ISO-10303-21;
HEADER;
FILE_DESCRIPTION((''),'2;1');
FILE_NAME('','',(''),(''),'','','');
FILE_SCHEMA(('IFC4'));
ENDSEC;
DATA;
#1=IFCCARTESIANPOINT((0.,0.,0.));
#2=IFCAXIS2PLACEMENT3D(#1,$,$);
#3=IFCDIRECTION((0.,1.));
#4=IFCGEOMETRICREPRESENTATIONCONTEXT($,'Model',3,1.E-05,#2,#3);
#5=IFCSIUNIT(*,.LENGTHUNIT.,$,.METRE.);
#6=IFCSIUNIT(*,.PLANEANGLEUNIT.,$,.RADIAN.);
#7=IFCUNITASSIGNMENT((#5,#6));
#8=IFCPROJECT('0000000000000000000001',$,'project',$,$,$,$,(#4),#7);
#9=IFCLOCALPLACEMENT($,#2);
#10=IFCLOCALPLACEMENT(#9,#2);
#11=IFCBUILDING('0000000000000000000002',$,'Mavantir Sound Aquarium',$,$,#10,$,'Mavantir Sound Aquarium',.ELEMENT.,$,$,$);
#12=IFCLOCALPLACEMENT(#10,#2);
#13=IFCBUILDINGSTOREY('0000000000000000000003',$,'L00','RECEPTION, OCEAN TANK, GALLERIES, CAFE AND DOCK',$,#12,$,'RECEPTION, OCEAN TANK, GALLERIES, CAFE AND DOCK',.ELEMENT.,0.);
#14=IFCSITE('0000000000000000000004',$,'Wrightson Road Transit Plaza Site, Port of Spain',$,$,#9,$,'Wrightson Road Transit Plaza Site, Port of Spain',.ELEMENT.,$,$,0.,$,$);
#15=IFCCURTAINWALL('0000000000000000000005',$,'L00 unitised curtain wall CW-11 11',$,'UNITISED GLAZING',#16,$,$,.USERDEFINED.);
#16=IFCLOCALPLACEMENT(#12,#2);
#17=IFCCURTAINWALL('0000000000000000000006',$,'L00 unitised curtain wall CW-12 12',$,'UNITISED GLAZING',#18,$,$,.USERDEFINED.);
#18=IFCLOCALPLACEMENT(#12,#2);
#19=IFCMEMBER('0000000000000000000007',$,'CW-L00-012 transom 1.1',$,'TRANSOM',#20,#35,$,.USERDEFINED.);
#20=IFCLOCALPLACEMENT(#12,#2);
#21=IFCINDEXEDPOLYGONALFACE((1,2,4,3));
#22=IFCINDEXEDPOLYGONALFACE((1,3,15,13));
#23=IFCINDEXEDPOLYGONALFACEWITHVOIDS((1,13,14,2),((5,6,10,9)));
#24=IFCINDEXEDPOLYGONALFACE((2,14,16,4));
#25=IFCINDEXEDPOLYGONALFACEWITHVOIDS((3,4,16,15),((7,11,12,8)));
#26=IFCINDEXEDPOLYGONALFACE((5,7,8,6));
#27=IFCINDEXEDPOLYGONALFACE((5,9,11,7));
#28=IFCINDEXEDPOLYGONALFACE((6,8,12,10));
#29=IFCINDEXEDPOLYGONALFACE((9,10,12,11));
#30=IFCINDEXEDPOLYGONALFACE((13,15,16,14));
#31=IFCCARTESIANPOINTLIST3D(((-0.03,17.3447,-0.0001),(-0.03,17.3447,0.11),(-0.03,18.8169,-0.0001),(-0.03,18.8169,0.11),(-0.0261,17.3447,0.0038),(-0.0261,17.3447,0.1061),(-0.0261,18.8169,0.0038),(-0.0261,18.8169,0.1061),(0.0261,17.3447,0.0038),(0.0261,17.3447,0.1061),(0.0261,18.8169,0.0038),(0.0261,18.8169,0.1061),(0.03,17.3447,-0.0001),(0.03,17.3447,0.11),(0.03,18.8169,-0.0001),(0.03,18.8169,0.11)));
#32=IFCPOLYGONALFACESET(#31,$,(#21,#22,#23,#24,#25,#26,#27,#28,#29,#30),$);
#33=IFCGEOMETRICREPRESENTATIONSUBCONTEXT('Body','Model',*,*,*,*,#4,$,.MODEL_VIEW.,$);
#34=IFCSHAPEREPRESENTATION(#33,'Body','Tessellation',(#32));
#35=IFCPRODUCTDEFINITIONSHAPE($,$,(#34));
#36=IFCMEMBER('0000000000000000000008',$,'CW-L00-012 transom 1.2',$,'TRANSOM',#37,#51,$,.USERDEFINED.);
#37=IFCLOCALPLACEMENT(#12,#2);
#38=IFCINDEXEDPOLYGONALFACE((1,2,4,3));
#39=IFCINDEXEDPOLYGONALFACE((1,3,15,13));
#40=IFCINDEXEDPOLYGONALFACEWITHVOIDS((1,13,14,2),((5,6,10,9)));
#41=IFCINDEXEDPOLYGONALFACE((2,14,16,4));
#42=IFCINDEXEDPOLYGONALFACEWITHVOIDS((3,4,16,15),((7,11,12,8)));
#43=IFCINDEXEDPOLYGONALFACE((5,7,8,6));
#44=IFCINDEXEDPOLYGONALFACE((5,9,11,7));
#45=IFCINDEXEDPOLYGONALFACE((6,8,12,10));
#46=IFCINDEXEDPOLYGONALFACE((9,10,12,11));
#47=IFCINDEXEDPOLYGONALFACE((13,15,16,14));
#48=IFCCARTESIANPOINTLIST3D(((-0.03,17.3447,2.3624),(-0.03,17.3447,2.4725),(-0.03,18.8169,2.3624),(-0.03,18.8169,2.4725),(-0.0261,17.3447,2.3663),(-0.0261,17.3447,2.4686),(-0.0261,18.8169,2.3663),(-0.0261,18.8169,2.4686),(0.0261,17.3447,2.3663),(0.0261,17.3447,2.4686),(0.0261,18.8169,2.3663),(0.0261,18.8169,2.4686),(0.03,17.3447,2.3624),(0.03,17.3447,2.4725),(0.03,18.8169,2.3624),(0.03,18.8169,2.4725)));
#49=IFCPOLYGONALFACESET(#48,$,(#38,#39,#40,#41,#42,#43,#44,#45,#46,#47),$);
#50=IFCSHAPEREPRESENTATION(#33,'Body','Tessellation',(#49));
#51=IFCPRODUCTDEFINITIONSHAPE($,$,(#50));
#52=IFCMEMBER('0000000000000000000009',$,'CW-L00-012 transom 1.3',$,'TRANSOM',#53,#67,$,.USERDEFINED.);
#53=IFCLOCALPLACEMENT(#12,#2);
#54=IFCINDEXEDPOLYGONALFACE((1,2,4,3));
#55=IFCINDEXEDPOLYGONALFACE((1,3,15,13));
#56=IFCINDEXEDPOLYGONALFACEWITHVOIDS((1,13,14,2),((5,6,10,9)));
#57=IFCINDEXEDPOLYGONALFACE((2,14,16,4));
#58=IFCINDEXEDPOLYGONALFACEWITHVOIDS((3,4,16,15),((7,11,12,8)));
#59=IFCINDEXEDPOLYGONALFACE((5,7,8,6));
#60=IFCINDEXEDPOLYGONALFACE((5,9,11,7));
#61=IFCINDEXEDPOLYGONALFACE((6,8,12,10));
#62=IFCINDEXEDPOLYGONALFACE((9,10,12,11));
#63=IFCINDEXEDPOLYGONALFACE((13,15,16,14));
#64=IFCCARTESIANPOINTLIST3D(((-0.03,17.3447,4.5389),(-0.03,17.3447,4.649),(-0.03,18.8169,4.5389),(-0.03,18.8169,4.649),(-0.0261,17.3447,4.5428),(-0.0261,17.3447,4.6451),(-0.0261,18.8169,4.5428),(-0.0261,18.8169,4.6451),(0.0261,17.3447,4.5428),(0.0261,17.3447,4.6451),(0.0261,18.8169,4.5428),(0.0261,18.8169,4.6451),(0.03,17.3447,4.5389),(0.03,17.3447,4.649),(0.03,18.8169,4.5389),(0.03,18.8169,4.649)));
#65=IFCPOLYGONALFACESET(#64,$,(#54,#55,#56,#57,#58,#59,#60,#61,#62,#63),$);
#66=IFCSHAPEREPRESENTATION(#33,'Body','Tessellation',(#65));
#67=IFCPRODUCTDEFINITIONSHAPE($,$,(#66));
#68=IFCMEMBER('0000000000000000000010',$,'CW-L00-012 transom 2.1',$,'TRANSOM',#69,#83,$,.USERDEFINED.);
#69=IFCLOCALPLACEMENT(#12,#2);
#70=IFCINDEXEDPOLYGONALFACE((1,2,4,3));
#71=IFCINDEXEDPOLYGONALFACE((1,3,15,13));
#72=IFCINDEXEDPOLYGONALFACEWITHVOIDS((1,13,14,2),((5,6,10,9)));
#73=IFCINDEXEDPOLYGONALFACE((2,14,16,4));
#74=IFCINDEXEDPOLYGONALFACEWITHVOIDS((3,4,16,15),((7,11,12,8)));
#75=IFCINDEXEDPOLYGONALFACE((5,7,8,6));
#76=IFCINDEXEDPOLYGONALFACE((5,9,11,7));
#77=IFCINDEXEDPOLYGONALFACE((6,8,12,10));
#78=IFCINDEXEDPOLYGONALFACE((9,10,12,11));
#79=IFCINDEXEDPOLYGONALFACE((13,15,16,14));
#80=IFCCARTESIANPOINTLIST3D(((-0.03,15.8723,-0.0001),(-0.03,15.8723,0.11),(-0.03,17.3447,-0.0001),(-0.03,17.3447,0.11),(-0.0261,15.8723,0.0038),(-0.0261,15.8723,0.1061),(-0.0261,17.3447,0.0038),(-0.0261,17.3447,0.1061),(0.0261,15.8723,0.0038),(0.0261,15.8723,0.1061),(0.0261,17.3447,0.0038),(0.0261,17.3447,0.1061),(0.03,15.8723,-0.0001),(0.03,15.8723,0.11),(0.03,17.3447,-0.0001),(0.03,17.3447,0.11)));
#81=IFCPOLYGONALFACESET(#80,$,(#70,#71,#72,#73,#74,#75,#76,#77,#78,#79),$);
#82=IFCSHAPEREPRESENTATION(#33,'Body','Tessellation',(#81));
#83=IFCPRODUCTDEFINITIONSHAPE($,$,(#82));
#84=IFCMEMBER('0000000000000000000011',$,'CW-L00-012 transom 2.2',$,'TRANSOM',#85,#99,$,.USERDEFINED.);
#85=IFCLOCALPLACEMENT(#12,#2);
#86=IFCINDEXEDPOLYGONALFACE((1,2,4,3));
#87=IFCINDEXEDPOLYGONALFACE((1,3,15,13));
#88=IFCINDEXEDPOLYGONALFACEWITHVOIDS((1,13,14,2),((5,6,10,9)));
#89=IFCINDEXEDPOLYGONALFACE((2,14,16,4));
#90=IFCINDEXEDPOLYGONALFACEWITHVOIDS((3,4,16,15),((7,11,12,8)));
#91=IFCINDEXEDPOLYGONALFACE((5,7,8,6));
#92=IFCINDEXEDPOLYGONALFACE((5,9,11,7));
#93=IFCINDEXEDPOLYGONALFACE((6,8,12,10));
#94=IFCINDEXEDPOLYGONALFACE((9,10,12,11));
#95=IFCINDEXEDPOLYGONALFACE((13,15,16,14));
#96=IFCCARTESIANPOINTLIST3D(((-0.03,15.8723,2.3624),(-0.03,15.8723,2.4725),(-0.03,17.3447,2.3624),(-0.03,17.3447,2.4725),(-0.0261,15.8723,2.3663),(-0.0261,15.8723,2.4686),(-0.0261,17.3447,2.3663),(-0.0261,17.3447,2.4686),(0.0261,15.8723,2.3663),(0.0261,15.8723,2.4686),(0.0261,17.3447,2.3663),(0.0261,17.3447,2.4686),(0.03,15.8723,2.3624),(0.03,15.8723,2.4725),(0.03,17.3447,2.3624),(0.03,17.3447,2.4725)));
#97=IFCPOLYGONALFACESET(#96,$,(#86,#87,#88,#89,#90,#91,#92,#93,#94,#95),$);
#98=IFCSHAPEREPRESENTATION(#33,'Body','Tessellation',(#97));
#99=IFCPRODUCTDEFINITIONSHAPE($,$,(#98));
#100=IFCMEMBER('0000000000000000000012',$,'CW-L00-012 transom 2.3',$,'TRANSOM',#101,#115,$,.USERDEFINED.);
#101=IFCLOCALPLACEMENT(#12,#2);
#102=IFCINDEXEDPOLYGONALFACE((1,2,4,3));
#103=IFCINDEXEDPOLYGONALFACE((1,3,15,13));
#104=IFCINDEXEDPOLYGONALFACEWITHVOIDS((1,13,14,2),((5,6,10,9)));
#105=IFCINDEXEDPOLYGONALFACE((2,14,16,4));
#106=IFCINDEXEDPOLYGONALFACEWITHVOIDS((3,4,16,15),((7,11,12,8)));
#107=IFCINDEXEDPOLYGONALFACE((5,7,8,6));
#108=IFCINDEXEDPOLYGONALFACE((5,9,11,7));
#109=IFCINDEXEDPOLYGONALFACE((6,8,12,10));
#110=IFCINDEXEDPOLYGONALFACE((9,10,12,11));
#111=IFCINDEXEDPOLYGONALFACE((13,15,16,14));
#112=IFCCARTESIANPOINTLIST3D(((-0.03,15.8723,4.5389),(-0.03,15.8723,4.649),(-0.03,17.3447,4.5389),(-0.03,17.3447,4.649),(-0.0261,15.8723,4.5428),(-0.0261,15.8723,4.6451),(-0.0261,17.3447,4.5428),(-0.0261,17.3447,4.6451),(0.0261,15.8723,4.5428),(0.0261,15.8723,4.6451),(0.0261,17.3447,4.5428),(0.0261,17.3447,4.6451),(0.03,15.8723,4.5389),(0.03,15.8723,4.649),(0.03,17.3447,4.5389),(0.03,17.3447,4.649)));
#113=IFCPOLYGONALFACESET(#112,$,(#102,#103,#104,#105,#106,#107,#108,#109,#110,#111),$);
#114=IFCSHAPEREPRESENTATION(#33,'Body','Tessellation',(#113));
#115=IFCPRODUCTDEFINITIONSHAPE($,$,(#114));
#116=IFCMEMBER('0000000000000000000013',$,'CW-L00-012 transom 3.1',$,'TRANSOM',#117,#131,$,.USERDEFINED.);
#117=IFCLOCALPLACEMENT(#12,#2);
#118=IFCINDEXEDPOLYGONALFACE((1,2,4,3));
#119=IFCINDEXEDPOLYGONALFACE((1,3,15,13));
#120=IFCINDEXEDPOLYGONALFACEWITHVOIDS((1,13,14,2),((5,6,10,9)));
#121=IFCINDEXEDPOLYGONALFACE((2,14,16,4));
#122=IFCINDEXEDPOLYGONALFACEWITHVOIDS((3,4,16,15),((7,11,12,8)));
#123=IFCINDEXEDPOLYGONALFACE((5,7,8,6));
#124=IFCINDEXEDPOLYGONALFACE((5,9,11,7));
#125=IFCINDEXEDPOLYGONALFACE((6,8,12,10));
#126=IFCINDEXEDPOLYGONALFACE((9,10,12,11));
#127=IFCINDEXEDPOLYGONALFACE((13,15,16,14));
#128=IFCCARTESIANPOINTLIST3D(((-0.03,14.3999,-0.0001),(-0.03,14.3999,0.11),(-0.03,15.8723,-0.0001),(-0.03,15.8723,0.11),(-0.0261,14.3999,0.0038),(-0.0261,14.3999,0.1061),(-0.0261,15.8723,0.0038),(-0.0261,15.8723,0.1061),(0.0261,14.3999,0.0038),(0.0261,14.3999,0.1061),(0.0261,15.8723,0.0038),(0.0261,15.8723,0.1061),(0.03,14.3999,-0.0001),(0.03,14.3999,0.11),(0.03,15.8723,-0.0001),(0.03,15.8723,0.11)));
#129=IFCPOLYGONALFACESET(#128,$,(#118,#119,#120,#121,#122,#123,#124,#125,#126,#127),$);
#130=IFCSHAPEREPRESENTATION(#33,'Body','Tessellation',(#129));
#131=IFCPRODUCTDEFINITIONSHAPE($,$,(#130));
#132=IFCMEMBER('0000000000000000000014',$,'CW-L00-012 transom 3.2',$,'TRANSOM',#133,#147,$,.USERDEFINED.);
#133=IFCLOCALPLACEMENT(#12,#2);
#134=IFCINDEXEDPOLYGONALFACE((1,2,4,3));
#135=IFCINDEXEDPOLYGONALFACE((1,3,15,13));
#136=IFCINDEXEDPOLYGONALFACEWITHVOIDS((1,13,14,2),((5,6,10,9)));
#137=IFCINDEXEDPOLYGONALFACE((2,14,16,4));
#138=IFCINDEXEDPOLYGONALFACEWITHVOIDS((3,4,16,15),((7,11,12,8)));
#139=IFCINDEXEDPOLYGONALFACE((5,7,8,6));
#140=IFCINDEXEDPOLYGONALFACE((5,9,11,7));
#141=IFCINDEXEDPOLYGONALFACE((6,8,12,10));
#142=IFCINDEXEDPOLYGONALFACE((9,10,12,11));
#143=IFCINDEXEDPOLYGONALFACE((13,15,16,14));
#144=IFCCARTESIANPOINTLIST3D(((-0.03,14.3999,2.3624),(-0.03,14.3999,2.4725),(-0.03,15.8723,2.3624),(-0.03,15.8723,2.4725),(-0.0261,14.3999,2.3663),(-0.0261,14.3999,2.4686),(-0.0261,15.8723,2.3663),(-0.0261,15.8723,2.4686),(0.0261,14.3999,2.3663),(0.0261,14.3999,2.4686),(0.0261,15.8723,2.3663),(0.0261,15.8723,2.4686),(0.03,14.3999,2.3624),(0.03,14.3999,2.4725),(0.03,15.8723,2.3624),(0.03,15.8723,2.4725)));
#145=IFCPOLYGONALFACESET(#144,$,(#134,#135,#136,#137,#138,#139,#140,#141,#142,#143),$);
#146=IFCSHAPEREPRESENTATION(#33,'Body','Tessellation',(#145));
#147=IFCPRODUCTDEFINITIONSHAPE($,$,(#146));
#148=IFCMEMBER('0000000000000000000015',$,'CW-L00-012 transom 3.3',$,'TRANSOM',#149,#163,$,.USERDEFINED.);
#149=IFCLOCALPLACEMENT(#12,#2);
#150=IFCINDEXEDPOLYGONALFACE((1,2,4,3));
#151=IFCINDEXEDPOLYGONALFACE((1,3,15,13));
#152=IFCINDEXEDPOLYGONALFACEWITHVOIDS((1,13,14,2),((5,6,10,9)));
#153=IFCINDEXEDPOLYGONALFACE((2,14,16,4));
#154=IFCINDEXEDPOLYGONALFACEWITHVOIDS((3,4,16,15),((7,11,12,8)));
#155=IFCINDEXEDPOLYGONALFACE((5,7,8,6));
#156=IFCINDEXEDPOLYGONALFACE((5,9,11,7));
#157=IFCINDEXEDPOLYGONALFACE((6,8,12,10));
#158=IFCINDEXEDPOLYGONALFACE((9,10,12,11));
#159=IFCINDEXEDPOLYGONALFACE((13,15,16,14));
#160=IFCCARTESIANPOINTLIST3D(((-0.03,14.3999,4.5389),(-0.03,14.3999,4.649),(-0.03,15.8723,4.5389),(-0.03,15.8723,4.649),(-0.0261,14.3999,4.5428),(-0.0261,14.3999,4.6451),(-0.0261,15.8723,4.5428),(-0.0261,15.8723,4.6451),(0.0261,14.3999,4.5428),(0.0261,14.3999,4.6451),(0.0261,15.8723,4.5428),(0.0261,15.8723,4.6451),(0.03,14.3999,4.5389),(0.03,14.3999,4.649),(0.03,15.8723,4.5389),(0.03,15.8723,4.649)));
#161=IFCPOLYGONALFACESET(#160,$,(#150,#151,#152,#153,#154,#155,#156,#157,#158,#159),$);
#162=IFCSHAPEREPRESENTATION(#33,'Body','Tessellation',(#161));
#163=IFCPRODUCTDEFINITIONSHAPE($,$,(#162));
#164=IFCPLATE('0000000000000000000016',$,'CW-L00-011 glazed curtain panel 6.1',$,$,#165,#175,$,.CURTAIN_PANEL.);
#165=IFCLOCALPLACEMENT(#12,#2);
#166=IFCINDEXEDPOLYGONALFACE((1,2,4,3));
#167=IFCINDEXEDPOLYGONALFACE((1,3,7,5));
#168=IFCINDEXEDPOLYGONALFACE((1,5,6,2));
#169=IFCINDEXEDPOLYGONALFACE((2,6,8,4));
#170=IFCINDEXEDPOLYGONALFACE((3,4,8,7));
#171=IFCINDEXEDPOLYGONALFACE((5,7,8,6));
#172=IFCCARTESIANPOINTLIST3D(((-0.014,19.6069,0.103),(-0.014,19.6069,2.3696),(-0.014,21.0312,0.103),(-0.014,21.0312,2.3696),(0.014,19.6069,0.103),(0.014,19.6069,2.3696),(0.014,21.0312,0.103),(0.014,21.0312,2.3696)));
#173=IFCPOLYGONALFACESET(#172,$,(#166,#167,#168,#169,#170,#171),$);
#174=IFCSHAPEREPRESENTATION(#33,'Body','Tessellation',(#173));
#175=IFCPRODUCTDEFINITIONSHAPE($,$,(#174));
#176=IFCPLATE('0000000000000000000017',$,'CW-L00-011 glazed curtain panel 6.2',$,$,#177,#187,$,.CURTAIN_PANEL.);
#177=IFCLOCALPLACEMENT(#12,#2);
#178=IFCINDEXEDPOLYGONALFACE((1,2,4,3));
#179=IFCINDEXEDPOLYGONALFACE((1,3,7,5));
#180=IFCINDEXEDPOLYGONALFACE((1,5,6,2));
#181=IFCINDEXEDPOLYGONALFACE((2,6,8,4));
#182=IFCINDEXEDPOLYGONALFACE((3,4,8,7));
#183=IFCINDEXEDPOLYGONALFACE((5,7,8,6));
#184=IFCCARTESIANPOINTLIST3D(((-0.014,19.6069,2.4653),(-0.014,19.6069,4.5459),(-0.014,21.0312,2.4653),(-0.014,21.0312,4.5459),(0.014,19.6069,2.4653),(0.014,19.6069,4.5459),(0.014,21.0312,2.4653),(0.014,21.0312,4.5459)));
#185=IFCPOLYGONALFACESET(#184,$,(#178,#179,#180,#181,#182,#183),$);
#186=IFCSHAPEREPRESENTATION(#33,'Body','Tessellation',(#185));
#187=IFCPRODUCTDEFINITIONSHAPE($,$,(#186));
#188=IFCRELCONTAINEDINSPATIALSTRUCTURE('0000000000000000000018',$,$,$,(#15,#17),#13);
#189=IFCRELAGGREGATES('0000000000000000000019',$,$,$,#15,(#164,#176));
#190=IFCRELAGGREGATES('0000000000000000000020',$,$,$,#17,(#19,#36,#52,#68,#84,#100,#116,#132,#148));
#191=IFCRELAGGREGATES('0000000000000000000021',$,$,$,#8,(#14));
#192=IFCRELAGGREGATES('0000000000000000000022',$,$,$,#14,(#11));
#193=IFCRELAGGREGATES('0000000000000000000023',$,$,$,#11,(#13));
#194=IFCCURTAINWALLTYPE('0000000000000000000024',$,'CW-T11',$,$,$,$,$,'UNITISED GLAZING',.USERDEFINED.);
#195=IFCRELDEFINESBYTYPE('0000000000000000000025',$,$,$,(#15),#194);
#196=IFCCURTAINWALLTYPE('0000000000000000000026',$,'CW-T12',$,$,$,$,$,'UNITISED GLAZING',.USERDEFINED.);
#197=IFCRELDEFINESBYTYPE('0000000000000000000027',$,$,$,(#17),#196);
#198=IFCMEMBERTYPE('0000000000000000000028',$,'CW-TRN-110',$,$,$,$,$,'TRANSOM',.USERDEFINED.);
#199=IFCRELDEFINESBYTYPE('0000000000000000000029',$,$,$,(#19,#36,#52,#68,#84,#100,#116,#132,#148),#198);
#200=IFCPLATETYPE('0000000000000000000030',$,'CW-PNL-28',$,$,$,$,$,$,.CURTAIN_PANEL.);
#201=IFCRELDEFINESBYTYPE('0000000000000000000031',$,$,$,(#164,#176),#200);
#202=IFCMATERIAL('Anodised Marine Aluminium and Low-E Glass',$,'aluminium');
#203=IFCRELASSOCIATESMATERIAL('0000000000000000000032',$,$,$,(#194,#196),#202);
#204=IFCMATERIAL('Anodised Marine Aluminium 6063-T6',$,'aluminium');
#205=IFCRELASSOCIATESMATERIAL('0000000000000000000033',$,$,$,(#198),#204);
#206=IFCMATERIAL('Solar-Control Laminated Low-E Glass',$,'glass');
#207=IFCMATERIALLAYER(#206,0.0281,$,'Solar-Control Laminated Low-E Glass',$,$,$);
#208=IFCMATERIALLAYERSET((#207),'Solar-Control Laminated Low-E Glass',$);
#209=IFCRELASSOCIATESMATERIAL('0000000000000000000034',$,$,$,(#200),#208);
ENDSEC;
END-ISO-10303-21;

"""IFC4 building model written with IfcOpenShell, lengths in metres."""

from ifc_helpers import new_model, si_unit, direction, frame, origin, origin_2d, place, context, subcontext, project, spatial, rectangle, hollow_rectangle, extrude, material, layer, layer_set, material_profile, profile_set, type_object, element, aggregate, save


model = new_model("IFC4")

# Units and contexts
model_context = context("Model", 3, precision=1e-05, world=origin(), true_north=direction((0.0, 1.0)))
body_context = subcontext(model_context, "Body", "Model", "MODEL_VIEW")
ifc_project = project(units=[si_unit("LENGTHUNIT", "METRE"), si_unit("PLANEANGLEUNIT", "RADIAN")], contexts=[model_context])

# Site, building, storey
site_placement = place(None, origin())
site = spatial("IfcSite", under=ifc_project, at=site_placement, Name="Wrightson Road Transit Plaza Site, Port of Spain", LongName="Wrightson Road Transit Plaza Site, Port of Spain", CompositionType="ELEMENT", RefElevation=0.0)
building_placement = place(site_placement, origin())
building = spatial("IfcBuilding", under=site, at=building_placement, Name="Mavantir Sound Aquarium", LongName="Mavantir Sound Aquarium", CompositionType="ELEMENT")
storey_placement = place(building_placement, origin())
storey = spatial("IfcBuildingStorey", under=building, at=storey_placement, Name="L00", Description="RECEPTION, OCEAN TANK, GALLERIES, CAFE AND DOCK", LongName="RECEPTION, OCEAN TANK, GALLERIES, CAFE AND DOCK", CompositionType="ELEMENT", Elevation=0.0)

# Curtain walls
ifc_material_1 = material(Name="Anodised Marine Aluminium and Low-E Glass", Category="aluminium")
curtain_wall_type_1 = type_object("IfcCurtainWallType", Name="CW-T11", ElementType="UNITISED GLAZING", PredefinedType="USERDEFINED", material=ifc_material_1)
curtain_wall_1_placement = place(storey_placement, origin())
curtain_wall_1 = element("IfcCurtainWall", 1, at=curtain_wall_1_placement, inside=storey, type_object=curtain_wall_type_1, Name="L00 unitised curtain wall CW-11 11", ObjectType="UNITISED GLAZING", PredefinedType="USERDEFINED")
ifc_material_2 = material(Name="Anodised Marine Aluminium 6063-T6", Category="aluminium")
curtain_wall_type_2 = type_object("IfcCurtainWallType", Name="CW-T12", ElementType="UNITISED GLAZING", PredefinedType="USERDEFINED", material=ifc_material_1)
curtain_wall_2_placement = place(storey_placement, origin())
curtain_wall_2 = element("IfcCurtainWall", 2, at=curtain_wall_2_placement, inside=storey, type_object=curtain_wall_type_2, Name="L00 unitised curtain wall CW-12 12", ObjectType="UNITISED GLAZING", PredefinedType="USERDEFINED")

# Members
ifc_material_profile_1 = material_profile(ifc_material_2, hollow_rectangle(XDim=0.0601, YDim=0.1101, WallThickness=0.0039, at=origin_2d()), Name="ALU-TRANSOM-110X60")
ifc_profile_set_1 = profile_set([ifc_material_profile_1], Name="Anodised Marine Aluminium 6063-T6")
member_type_1 = type_object("IfcMemberType", Name="CW-TRN-110", ElementType="TRANSOM", PredefinedType="USERDEFINED", material=ifc_profile_set_1)
member_1_placement = place(storey_placement, frame((0.0, 18.8169, 0.0549), z_axis=(0.0, -1.0, 0.0), x_axis=(1.0, 0.0, 0.0)))
member_1 = element("IfcMember", 3, at=member_1_placement, type_object=member_type_1, Name="CW-L00-012 transom 1.1", ObjectType="TRANSOM", PredefinedType="USERDEFINED", context=body_context, shape_type="SweptSolid", body=[
    extrude(hollow_rectangle(XDim=0.0601, YDim=0.1101, WallThickness=0.0039, at=origin_2d()), origin(), (0.0, 0.0, 1.0), 1.4722),
])
member_2_placement = place(storey_placement, frame((0.0, 18.8169, 2.4175), z_axis=(0.0, -1.0, 0.0), x_axis=(1.0, 0.0, 0.0)))
member_2 = element("IfcMember", 4, at=member_2_placement, type_object=member_type_1, Name="CW-L00-012 transom 1.2", ObjectType="TRANSOM", PredefinedType="USERDEFINED", context=body_context, shape_type="SweptSolid", body=[
    extrude(hollow_rectangle(XDim=0.0601, YDim=0.1101, WallThickness=0.0039, at=origin_2d()), origin(), (0.0, 0.0, 1.0), 1.4722),
])
member_3_placement = place(storey_placement, frame((0.0, 18.8169, 4.594), z_axis=(0.0, -1.0, 0.0), x_axis=(1.0, 0.0, 0.0)))
member_3 = element("IfcMember", 5, at=member_3_placement, type_object=member_type_1, Name="CW-L00-012 transom 1.3", ObjectType="TRANSOM", PredefinedType="USERDEFINED", context=body_context, shape_type="SweptSolid", body=[
    extrude(hollow_rectangle(XDim=0.0601, YDim=0.1101, WallThickness=0.0039, at=origin_2d()), origin(), (0.0, 0.0, 1.0), 1.4722),
])
member_4_placement = place(storey_placement, frame((0.0, 17.3447, 0.0549), z_axis=(0.0, -1.0, 0.0), x_axis=(1.0, 0.0, 0.0)))
member_4 = element("IfcMember", 6, at=member_4_placement, type_object=member_type_1, Name="CW-L00-012 transom 2.1", ObjectType="TRANSOM", PredefinedType="USERDEFINED", context=body_context, shape_type="SweptSolid", body=[
    extrude(hollow_rectangle(XDim=0.0601, YDim=0.1101, WallThickness=0.0039, at=origin_2d()), origin(), (0.0, 0.0, 1.0), 1.4724),
])
member_5_placement = place(storey_placement, frame((0.0, 17.3447, 2.4175), z_axis=(0.0, -1.0, 0.0), x_axis=(1.0, 0.0, 0.0)))
member_5 = element("IfcMember", 7, at=member_5_placement, type_object=member_type_1, Name="CW-L00-012 transom 2.2", ObjectType="TRANSOM", PredefinedType="USERDEFINED", context=body_context, shape_type="SweptSolid", body=[
    extrude(hollow_rectangle(XDim=0.0601, YDim=0.1101, WallThickness=0.0039, at=origin_2d()), origin(), (0.0, 0.0, 1.0), 1.4724),
])
member_6_placement = place(storey_placement, frame((0.0, 17.3447, 4.594), z_axis=(0.0, -1.0, 0.0), x_axis=(1.0, 0.0, 0.0)))
member_6 = element("IfcMember", 8, at=member_6_placement, type_object=member_type_1, Name="CW-L00-012 transom 2.3", ObjectType="TRANSOM", PredefinedType="USERDEFINED", context=body_context, shape_type="SweptSolid", body=[
    extrude(hollow_rectangle(XDim=0.0601, YDim=0.1101, WallThickness=0.0039, at=origin_2d()), origin(), (0.0, 0.0, 1.0), 1.4724),
])
member_7_placement = place(storey_placement, frame((0.0, 15.8723, 0.0549), z_axis=(0.0, -1.0, 0.0), x_axis=(1.0, 0.0, 0.0)))
member_7 = element("IfcMember", 9, at=member_7_placement, type_object=member_type_1, Name="CW-L00-012 transom 3.1", ObjectType="TRANSOM", PredefinedType="USERDEFINED", context=body_context, shape_type="SweptSolid", body=[
    extrude(hollow_rectangle(XDim=0.0601, YDim=0.1101, WallThickness=0.0039, at=origin_2d()), origin(), (0.0, 0.0, 1.0), 1.4724),
])
member_8_placement = place(storey_placement, frame((0.0, 15.8723, 2.4175), z_axis=(0.0, -1.0, 0.0), x_axis=(1.0, 0.0, 0.0)))
member_8 = element("IfcMember", 10, at=member_8_placement, type_object=member_type_1, Name="CW-L00-012 transom 3.2", ObjectType="TRANSOM", PredefinedType="USERDEFINED", context=body_context, shape_type="SweptSolid", body=[
    extrude(hollow_rectangle(XDim=0.0601, YDim=0.1101, WallThickness=0.0039, at=origin_2d()), origin(), (0.0, 0.0, 1.0), 1.4724),
])
member_9_placement = place(storey_placement, frame((0.0, 15.8723, 4.594), z_axis=(0.0, -1.0, 0.0), x_axis=(1.0, 0.0, 0.0)))
member_9 = element("IfcMember", 11, at=member_9_placement, type_object=member_type_1, Name="CW-L00-012 transom 3.3", ObjectType="TRANSOM", PredefinedType="USERDEFINED", context=body_context, shape_type="SweptSolid", body=[
    extrude(hollow_rectangle(XDim=0.0601, YDim=0.1101, WallThickness=0.0039, at=origin_2d()), origin(), (0.0, 0.0, 1.0), 1.4724),
])

# Plates
ifc_material_3 = material(Name="Solar-Control Laminated Low-E Glass", Category="glass")
ifc_layer_1 = layer(ifc_material_3, 0.0281, Name="Solar-Control Laminated Low-E Glass")
ifc_layer_set_1 = layer_set([ifc_layer_1], Name="Solar-Control Laminated Low-E Glass")
plate_type_1 = type_object("IfcPlateType", Name="CW-PNL-28", PredefinedType="CURTAIN_PANEL", material=ifc_layer_set_1)
plate_1_placement = place(storey_placement, frame((0.0, 20.3191, 0.103), z_axis=(0.0, 0.0, 1.0), x_axis=(0.0, -1.0, 0.0)))
plate_1 = element("IfcPlate", 12, at=plate_1_placement, type_object=plate_type_1, Name="CW-L00-011 glazed curtain panel 6.1", PredefinedType="CURTAIN_PANEL", context=body_context, shape_type="SweptSolid", body=[
    extrude(rectangle(XDim=1.4243, YDim=0.0281, at=origin_2d()), origin(), (0.0, 0.0, 1.0), 2.2666),
])
plate_2_placement = place(storey_placement, frame((0.0, 20.3191, 2.4653), z_axis=(0.0, 0.0, 1.0), x_axis=(0.0, -1.0, 0.0)))
plate_2 = element("IfcPlate", 13, at=plate_2_placement, type_object=plate_type_1, Name="CW-L00-011 glazed curtain panel 6.2", PredefinedType="CURTAIN_PANEL", context=body_context, shape_type="SweptSolid", body=[
    extrude(rectangle(XDim=1.4243, YDim=0.0281, at=origin_2d()), origin(), (0.0, 0.0, 1.0), 2.0806),
])
aggregate(curtain_wall_1, [plate_1, plate_2])
aggregate(curtain_wall_2, [member_1, member_2, member_3, member_4, member_5, member_6, member_7, member_8, member_9])

save(model, "model.ifc")
